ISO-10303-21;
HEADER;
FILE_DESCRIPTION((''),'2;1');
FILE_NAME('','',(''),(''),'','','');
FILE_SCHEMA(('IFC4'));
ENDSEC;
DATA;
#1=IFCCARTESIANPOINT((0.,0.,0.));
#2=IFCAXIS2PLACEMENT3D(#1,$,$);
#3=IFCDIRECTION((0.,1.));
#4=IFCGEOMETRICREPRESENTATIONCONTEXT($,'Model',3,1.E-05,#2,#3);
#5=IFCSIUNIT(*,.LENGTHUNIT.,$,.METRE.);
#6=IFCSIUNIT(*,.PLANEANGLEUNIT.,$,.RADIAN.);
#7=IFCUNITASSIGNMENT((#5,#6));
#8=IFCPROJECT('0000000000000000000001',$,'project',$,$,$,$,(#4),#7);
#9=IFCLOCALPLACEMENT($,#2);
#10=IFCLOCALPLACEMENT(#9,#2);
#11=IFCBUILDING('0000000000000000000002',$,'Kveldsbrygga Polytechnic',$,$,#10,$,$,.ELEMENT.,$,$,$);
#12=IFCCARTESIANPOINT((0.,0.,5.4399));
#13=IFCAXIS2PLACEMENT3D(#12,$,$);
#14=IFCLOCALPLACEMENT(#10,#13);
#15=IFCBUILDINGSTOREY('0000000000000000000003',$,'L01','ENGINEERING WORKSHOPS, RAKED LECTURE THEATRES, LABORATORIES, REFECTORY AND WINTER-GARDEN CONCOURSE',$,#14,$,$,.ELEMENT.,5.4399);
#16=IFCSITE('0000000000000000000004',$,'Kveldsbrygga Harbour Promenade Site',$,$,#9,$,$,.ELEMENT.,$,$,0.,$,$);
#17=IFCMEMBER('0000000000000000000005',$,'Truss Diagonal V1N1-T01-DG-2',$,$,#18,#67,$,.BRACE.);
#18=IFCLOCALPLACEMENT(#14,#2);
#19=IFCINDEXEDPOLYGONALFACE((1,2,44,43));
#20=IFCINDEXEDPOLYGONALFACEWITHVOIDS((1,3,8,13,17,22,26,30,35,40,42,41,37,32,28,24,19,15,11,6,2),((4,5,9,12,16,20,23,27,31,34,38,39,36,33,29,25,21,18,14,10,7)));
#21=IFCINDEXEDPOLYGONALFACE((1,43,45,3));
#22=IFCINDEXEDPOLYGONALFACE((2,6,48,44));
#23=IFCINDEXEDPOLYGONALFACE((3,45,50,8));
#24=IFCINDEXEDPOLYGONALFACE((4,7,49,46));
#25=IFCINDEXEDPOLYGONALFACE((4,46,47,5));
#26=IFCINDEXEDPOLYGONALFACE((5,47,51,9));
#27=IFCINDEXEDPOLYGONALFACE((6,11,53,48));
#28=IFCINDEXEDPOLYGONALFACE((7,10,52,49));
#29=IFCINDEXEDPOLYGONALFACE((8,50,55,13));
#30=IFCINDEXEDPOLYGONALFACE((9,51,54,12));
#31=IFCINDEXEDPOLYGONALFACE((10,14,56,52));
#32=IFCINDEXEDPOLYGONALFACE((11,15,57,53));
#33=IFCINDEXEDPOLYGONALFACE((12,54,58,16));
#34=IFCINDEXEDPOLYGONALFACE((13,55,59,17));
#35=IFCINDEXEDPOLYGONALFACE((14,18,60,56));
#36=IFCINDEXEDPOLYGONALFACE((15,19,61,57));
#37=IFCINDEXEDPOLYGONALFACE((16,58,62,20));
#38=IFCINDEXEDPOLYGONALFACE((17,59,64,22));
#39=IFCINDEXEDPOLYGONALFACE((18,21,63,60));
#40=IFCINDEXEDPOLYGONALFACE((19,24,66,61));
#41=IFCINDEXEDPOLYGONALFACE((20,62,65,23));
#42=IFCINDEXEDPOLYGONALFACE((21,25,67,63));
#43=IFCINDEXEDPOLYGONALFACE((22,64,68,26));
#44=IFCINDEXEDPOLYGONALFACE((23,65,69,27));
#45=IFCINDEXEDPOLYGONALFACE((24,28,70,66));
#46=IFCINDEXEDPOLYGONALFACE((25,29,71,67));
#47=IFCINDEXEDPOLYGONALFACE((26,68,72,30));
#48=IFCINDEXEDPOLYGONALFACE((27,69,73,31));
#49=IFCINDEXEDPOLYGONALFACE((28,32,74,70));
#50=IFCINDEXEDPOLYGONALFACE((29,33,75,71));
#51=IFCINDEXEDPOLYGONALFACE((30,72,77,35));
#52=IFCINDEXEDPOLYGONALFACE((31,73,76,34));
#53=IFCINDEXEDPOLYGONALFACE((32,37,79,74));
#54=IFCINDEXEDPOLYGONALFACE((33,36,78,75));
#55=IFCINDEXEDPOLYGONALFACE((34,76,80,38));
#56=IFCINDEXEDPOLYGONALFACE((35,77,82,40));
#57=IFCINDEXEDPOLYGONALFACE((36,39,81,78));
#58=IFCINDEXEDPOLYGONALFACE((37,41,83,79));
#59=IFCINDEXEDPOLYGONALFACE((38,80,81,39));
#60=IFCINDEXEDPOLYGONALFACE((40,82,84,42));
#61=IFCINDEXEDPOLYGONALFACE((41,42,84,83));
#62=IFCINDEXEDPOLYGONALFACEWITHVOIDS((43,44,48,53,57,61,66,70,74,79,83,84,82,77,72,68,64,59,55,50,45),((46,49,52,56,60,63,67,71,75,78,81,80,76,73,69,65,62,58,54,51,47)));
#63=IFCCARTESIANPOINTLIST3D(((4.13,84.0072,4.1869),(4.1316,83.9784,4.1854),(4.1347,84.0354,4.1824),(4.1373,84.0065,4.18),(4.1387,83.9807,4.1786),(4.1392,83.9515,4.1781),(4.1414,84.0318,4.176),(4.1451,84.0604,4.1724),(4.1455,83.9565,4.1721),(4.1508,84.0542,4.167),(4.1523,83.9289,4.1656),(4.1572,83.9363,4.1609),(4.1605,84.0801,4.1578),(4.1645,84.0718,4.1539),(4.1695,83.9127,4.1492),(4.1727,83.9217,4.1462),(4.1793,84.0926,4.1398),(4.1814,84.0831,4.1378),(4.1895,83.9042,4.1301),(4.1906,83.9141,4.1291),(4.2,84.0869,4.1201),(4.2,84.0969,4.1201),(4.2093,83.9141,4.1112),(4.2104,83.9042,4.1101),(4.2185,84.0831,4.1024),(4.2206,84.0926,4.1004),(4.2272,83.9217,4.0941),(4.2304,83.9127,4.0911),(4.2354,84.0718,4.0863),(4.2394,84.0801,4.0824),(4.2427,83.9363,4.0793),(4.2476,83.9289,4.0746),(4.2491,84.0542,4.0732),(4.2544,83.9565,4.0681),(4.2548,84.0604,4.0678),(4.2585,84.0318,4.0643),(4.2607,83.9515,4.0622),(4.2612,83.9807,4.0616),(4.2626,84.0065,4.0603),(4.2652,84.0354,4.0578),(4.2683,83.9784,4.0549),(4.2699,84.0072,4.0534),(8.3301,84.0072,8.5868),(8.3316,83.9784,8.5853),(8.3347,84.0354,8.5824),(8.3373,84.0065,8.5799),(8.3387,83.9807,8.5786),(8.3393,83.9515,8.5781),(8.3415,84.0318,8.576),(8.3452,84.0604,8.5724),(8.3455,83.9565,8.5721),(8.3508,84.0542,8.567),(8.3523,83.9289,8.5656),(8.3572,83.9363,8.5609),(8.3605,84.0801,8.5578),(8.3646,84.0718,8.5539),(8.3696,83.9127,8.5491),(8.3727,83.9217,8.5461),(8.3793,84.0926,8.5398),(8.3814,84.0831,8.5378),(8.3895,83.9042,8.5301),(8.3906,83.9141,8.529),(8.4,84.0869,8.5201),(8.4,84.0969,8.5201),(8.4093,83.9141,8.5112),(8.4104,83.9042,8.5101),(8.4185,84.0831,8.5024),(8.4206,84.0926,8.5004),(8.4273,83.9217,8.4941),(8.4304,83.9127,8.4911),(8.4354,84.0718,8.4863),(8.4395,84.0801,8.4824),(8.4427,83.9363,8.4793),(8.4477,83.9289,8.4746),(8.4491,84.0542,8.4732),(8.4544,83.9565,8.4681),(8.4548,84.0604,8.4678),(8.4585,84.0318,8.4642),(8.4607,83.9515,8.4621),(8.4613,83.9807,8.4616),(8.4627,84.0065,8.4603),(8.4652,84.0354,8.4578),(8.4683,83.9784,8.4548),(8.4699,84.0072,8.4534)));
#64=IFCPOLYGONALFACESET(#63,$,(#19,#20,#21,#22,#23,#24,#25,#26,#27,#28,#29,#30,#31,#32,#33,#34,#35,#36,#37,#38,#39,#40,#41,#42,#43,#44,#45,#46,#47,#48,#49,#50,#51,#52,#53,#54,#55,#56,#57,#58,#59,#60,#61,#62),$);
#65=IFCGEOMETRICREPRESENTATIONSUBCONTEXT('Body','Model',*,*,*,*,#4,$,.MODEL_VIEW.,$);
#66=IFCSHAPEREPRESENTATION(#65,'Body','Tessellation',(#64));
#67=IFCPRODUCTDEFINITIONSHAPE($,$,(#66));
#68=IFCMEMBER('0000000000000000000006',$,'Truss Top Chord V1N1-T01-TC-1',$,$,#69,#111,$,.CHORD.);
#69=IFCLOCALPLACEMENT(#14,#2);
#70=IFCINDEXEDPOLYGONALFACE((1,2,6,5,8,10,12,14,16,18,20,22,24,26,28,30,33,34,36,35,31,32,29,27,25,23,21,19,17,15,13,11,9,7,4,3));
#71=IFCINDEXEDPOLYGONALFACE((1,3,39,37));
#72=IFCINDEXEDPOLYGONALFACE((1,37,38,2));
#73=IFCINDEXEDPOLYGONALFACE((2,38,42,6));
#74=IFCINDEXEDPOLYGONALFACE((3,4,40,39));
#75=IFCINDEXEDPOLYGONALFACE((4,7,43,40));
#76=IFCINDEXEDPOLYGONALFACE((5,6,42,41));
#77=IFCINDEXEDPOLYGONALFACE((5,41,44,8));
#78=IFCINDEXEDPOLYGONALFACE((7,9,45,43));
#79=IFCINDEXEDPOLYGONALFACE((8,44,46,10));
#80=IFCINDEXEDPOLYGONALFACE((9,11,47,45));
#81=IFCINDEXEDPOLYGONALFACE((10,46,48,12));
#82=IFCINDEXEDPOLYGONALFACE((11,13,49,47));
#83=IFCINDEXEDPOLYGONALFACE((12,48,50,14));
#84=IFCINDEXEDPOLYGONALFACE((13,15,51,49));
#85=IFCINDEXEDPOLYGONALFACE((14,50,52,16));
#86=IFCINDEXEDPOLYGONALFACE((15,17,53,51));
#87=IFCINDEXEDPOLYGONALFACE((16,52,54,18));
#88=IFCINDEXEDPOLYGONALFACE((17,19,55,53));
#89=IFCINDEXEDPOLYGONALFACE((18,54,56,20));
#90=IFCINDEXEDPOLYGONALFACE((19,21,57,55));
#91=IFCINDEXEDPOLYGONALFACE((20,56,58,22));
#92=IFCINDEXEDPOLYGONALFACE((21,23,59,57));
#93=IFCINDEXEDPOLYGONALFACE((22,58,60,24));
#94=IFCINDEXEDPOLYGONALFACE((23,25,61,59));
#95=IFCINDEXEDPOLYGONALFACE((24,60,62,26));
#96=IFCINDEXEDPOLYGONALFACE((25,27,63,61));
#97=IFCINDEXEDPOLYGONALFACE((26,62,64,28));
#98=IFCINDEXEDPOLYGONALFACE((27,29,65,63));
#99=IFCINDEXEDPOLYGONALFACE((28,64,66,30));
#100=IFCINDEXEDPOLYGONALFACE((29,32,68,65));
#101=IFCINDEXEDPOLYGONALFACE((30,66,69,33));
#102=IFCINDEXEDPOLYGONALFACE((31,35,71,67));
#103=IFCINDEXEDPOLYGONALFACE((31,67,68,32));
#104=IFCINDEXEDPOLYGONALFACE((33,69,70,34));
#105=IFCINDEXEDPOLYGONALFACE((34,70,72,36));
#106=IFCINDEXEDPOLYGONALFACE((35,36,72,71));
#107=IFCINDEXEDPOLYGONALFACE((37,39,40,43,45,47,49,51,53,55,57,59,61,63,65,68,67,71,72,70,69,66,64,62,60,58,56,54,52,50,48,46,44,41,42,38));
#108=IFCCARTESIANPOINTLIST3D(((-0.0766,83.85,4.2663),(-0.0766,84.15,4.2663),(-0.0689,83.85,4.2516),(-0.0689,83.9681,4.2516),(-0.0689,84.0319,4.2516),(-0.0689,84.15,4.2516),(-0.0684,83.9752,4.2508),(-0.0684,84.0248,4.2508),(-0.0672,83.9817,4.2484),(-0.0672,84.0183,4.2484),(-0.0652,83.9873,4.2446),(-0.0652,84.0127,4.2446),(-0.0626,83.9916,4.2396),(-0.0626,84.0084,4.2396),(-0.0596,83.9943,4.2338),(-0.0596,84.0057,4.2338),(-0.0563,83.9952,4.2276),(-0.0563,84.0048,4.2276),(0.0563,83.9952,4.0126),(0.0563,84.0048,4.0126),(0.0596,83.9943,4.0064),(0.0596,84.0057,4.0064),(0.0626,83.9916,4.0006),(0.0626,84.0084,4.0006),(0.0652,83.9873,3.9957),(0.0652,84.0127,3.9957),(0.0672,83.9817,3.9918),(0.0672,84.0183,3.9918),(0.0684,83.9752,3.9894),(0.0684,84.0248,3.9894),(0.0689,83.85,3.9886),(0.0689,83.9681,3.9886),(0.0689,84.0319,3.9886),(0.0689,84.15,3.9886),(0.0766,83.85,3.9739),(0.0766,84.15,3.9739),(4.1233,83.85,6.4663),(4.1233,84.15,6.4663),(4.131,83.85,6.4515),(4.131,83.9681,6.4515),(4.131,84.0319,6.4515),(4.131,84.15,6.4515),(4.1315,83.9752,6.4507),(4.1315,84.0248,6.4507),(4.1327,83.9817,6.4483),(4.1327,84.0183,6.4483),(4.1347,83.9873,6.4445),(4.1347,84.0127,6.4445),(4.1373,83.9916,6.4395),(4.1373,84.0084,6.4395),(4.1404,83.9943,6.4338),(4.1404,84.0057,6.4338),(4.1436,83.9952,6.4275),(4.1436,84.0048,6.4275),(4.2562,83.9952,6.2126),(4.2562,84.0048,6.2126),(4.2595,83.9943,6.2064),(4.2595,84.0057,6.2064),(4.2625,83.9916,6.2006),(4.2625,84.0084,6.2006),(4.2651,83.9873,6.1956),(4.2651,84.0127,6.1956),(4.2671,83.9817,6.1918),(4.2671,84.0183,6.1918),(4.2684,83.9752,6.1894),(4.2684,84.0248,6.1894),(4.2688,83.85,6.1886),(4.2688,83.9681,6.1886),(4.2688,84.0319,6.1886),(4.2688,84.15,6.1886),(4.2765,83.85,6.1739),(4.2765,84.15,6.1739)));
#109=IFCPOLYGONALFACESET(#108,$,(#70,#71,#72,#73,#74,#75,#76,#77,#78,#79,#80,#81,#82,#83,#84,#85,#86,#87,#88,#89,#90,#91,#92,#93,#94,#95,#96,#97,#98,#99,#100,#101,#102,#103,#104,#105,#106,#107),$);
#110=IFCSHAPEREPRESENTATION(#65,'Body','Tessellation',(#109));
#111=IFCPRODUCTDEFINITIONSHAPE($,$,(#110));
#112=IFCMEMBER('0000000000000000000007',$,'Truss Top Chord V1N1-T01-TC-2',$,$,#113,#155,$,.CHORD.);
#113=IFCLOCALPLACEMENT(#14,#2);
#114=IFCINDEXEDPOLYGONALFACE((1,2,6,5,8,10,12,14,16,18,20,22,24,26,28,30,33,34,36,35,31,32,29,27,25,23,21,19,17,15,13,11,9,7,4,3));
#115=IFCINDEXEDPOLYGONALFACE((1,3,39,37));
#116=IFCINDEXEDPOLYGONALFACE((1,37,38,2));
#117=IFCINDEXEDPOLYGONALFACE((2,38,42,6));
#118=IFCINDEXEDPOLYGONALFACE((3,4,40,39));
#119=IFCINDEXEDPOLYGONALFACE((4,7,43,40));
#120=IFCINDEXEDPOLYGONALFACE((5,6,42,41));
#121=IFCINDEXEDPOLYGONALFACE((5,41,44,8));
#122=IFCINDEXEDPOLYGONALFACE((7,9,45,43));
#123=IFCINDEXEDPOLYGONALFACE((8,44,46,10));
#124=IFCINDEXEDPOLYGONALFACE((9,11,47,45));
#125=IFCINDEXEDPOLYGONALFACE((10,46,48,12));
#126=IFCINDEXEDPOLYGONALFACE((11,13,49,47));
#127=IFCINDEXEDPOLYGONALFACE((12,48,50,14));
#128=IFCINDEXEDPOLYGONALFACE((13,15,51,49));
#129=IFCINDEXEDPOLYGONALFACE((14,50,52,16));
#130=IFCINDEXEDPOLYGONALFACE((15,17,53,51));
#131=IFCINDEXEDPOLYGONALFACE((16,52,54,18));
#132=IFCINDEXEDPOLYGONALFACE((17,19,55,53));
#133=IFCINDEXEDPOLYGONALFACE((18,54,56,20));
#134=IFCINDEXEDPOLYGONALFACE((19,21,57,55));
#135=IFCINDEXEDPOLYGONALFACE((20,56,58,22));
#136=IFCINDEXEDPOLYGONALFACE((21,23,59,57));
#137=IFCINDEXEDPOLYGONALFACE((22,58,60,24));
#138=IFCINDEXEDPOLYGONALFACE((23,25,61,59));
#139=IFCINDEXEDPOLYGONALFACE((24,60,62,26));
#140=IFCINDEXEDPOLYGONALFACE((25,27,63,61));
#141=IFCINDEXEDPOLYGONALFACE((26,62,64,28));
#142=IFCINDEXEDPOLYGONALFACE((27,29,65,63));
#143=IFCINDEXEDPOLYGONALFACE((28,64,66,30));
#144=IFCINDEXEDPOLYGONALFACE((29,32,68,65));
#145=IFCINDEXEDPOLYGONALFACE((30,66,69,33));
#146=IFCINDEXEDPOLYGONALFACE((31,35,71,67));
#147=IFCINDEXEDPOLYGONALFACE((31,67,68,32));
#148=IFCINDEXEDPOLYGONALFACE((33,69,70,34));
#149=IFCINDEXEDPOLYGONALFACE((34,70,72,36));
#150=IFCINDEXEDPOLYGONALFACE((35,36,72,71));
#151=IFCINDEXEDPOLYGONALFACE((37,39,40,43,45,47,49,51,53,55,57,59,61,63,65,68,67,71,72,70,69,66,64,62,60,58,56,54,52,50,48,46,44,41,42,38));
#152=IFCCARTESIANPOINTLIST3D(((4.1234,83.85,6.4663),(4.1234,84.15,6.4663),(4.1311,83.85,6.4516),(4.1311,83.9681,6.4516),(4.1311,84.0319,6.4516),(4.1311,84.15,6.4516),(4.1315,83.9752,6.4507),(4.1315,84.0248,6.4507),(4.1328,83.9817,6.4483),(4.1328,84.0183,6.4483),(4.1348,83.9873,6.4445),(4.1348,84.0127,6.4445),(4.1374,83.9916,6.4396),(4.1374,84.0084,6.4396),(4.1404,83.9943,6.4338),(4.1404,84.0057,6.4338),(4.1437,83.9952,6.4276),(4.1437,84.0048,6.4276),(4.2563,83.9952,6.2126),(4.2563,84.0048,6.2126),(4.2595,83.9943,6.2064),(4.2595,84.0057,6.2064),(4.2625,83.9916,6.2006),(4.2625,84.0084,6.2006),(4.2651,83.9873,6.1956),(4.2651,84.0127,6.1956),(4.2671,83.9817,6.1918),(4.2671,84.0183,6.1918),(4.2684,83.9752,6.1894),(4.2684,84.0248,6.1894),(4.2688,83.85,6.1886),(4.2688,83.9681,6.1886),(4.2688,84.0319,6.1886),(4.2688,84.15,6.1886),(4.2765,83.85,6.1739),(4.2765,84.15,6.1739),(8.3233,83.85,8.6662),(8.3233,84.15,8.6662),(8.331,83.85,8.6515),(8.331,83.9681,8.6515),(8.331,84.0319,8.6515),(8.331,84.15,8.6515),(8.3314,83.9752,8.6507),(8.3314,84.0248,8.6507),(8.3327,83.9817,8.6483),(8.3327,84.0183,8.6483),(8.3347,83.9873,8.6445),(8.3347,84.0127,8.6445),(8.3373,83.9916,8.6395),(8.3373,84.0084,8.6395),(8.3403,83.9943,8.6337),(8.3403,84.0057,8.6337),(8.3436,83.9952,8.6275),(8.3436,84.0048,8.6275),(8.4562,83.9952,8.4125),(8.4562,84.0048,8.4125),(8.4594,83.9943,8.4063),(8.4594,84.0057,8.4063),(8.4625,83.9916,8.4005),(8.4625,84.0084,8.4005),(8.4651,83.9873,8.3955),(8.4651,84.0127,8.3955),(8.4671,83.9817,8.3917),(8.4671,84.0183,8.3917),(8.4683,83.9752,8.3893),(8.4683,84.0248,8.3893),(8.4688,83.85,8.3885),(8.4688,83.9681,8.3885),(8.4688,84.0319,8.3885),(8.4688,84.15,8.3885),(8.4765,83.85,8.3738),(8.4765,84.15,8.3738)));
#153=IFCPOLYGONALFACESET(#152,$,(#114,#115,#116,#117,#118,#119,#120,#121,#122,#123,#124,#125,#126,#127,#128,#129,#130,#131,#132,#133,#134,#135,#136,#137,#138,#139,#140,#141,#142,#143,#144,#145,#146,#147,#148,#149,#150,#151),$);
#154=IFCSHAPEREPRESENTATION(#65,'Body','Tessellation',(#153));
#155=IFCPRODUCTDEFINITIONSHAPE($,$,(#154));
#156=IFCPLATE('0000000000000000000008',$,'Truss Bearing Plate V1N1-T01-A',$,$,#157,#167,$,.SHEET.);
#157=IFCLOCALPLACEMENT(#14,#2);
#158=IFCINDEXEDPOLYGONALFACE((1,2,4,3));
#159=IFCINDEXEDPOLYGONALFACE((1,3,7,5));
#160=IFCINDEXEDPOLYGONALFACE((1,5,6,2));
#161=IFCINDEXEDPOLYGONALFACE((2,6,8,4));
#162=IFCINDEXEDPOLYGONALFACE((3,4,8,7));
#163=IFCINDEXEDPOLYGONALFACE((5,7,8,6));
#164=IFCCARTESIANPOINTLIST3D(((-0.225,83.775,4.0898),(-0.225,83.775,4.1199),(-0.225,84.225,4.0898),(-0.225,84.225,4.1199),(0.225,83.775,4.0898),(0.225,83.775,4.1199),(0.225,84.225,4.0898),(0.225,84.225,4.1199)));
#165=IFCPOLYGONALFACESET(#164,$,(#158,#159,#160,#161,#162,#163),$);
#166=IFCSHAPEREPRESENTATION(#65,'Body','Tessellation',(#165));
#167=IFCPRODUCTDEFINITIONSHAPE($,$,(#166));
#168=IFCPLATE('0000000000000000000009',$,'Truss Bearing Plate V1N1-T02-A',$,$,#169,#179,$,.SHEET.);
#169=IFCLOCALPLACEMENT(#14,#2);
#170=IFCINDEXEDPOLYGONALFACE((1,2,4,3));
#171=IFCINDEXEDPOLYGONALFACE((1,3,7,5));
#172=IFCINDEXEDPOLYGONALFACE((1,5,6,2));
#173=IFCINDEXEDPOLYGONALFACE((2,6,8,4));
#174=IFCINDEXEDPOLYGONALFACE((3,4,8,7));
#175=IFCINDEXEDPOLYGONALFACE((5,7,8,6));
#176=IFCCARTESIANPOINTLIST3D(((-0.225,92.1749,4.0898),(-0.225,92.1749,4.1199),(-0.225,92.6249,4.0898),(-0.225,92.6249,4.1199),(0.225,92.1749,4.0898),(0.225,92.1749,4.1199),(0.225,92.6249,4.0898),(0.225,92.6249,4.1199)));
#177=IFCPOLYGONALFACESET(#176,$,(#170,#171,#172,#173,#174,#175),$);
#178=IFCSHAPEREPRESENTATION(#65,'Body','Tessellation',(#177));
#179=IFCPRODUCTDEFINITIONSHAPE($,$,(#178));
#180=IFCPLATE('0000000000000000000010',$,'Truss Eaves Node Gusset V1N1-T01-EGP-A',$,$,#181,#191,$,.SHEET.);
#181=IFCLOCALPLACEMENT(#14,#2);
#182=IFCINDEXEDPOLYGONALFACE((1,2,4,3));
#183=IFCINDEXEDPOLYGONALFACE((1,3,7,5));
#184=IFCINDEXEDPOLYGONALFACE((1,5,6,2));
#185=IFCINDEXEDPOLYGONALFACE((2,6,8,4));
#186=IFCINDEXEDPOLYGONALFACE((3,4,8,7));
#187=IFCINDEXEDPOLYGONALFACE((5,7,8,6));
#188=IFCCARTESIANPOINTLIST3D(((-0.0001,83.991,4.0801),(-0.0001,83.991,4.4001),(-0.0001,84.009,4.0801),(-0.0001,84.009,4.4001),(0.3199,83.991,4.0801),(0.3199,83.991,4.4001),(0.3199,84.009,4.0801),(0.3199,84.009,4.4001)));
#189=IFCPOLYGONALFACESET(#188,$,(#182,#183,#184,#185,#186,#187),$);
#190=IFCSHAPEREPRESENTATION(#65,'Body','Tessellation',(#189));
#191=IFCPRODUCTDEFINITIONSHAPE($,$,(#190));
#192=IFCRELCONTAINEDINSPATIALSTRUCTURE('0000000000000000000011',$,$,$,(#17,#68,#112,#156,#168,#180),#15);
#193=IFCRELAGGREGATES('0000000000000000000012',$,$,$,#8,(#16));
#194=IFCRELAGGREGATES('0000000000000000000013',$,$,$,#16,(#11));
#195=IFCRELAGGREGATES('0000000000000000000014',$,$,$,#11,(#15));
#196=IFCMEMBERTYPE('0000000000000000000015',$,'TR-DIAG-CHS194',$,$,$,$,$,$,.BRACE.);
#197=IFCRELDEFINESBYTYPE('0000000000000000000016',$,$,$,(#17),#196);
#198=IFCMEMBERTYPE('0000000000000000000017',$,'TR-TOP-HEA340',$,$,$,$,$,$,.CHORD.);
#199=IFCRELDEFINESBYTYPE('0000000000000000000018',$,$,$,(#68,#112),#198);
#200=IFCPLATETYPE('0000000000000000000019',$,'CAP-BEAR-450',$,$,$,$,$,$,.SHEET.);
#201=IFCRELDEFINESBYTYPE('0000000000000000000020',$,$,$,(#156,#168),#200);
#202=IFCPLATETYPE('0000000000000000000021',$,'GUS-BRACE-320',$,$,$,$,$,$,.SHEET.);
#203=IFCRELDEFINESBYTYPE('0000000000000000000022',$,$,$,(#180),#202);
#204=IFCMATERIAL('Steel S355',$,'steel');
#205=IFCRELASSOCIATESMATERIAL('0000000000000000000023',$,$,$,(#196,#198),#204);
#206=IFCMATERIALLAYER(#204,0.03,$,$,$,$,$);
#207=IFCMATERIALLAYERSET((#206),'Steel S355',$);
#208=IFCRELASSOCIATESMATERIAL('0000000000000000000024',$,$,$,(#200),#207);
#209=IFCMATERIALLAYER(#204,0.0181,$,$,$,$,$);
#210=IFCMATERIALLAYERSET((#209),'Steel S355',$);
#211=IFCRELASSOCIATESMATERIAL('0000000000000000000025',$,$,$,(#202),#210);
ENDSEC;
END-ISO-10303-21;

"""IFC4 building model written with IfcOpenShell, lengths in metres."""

from ifc_helpers import new_model, si_unit, direction, frame, origin, origin_2d, place, context, subcontext, project, spatial, rectangle, hollow_circle, i_section, extrude, material, layer, layer_set, material_profile, profile_set, type_object, element, save


model = new_model("IFC4")

# Units and contexts
model_context = context("Model", 3, precision=1e-05, world=origin(), true_north=direction((0.0, 1.0)))
body_context = subcontext(model_context, "Body", "Model", "MODEL_VIEW")
ifc_project = project(units=[si_unit("LENGTHUNIT", "METRE"), si_unit("PLANEANGLEUNIT", "RADIAN")], contexts=[model_context])

# Site, building, storey
site_placement = place(None, origin())
site = spatial("IfcSite", under=ifc_project, at=site_placement, Name="Kveldsbrygga Harbour Promenade Site", CompositionType="ELEMENT", RefElevation=0.0)
building_placement = place(site_placement, origin())
building = spatial("IfcBuilding", under=site, at=building_placement, Name="Kveldsbrygga Polytechnic", CompositionType="ELEMENT")
storey_placement = place(building_placement, frame((0.0, 0.0, 5.4399)))
storey = spatial("IfcBuildingStorey", under=building, at=storey_placement, Name="L01", Description="ENGINEERING WORKSHOPS, RAKED LECTURE THEATRES, LABORATORIES, REFECTORY AND WINTER-GARDEN CONCOURSE", CompositionType="ELEMENT", Elevation=5.4399)

# Shared definitions
ifc_material_1 = material(Name="Steel S355", Category="steel")

# Members
ifc_material_profile_1 = material_profile(ifc_material_1, hollow_circle(Radius=0.0969, WallThickness=0.01, at=origin_2d()), Name="CHS 193.7x10.0")
ifc_profile_set_1 = profile_set([ifc_material_profile_1], Name="Steel S355")
member_type_1 = type_object("IfcMemberType", Name="TR-DIAG-CHS194", PredefinedType="BRACE", material=ifc_profile_set_1)
member_1_placement = place(storey_placement, frame((4.2, 84.0, 4.1201), z_axis=(0.69048, 0.0, 0.723352), x_axis=(0.0, 1.0, 0.0)))
element("IfcMember", 1, at=member_1_placement, inside=storey, type_object=member_type_1, Name="Truss Diagonal V1N1-T01-DG-2", PredefinedType="BRACE", context=body_context, shape_type="SweptSolid", body=[
    extrude(hollow_circle(Radius=0.0969, WallThickness=0.01, at=origin_2d()), origin(), (0.0, 0.0, 1.0), 6.0828),
])
ifc_material_profile_2 = material_profile(ifc_material_1, i_section(OverallWidth=0.3, OverallDepth=0.3301, WebThickness=0.0095, FlangeThickness=0.0166, FilletRadius=0.0271, at=origin_2d()), Name="HEA 340")
ifc_profile_set_2 = profile_set([ifc_material_profile_2], Name="Steel S355")
member_type_2 = type_object("IfcMemberType", Name="TR-TOP-HEA340", PredefinedType="CHORD", material=ifc_profile_set_2)
for number, where, z_axis, x_axis, name in (
    (2, (0.0, 84.0, 4.1201), (0.885834, 0.0, 0.464003), (0.0, 1.0, 0.0), "Truss Top Chord V1N1-T01-TC-1"),
    (3, (4.2, 84.0, 6.3201), (0.885834, 0.0, 0.464003), (0.0, 1.0, 0.0), "Truss Top Chord V1N1-T01-TC-2"),
):
    element("IfcMember", number, at=place(storey_placement, frame(where, z_axis=z_axis, x_axis=x_axis)), inside=storey, type_object=member_type_2, Name=name, PredefinedType="CHORD", context=body_context, shape_type="SweptSolid", body=[
        extrude(i_section(OverallWidth=0.3, OverallDepth=0.3301, WebThickness=0.0095, FlangeThickness=0.0166, FilletRadius=0.0271, at=origin_2d()), origin(), (0.0, 0.0, 1.0), 4.7412),
    ])

# Plates
ifc_layer_1 = layer(ifc_material_1, 0.03)
ifc_layer_set_1 = layer_set([ifc_layer_1], Name="Steel S355")
plate_type_1 = type_object("IfcPlateType", Name="CAP-BEAR-450", PredefinedType="SHEET", material=ifc_layer_set_1)
for number, where, z_axis, x_axis, name in (
    (4, (0.0, 84.0, 4.0898), (0.0, 0.0, 1.0), (1.0, 0.0, 0.0), "Truss Bearing Plate V1N1-T01-A"),
    (5, (0.0, 92.3999, 4.0898), (0.0, 0.0, 1.0), (1.0, 0.0, 0.0), "Truss Bearing Plate V1N1-T02-A"),
):
    element("IfcPlate", number, at=place(storey_placement, frame(where, z_axis=z_axis, x_axis=x_axis)), inside=storey, type_object=plate_type_1, Name=name, PredefinedType="SHEET", context=body_context, shape_type="SweptSolid", body=[
        extrude(rectangle(XDim=0.45, YDim=0.45, at=origin_2d()), origin(), (0.0, 0.0, 1.0), 0.03),
    ])
ifc_layer_2 = layer(ifc_material_1, 0.0181)
ifc_layer_set_2 = layer_set([ifc_layer_2], Name="Steel S355")
plate_type_2 = type_object("IfcPlateType", Name="GUS-BRACE-320", PredefinedType="SHEET", material=ifc_layer_set_2)
plate_placement = place(storey_placement, frame((0.1599, 84.0, 4.0801), z_axis=(0.0, 0.0, 1.0), x_axis=(1.0, 0.0, 0.0)))
element("IfcPlate", 6, at=plate_placement, inside=storey, type_object=plate_type_2, Name="Truss Eaves Node Gusset V1N1-T01-EGP-A", PredefinedType="SHEET", context=body_context, shape_type="SweptSolid", body=[
    extrude(rectangle(XDim=0.3201, YDim=0.0181, at=origin_2d()), origin(), (0.0, 0.0, 1.0), 0.3201),
])

save(model, "model.ifc")
